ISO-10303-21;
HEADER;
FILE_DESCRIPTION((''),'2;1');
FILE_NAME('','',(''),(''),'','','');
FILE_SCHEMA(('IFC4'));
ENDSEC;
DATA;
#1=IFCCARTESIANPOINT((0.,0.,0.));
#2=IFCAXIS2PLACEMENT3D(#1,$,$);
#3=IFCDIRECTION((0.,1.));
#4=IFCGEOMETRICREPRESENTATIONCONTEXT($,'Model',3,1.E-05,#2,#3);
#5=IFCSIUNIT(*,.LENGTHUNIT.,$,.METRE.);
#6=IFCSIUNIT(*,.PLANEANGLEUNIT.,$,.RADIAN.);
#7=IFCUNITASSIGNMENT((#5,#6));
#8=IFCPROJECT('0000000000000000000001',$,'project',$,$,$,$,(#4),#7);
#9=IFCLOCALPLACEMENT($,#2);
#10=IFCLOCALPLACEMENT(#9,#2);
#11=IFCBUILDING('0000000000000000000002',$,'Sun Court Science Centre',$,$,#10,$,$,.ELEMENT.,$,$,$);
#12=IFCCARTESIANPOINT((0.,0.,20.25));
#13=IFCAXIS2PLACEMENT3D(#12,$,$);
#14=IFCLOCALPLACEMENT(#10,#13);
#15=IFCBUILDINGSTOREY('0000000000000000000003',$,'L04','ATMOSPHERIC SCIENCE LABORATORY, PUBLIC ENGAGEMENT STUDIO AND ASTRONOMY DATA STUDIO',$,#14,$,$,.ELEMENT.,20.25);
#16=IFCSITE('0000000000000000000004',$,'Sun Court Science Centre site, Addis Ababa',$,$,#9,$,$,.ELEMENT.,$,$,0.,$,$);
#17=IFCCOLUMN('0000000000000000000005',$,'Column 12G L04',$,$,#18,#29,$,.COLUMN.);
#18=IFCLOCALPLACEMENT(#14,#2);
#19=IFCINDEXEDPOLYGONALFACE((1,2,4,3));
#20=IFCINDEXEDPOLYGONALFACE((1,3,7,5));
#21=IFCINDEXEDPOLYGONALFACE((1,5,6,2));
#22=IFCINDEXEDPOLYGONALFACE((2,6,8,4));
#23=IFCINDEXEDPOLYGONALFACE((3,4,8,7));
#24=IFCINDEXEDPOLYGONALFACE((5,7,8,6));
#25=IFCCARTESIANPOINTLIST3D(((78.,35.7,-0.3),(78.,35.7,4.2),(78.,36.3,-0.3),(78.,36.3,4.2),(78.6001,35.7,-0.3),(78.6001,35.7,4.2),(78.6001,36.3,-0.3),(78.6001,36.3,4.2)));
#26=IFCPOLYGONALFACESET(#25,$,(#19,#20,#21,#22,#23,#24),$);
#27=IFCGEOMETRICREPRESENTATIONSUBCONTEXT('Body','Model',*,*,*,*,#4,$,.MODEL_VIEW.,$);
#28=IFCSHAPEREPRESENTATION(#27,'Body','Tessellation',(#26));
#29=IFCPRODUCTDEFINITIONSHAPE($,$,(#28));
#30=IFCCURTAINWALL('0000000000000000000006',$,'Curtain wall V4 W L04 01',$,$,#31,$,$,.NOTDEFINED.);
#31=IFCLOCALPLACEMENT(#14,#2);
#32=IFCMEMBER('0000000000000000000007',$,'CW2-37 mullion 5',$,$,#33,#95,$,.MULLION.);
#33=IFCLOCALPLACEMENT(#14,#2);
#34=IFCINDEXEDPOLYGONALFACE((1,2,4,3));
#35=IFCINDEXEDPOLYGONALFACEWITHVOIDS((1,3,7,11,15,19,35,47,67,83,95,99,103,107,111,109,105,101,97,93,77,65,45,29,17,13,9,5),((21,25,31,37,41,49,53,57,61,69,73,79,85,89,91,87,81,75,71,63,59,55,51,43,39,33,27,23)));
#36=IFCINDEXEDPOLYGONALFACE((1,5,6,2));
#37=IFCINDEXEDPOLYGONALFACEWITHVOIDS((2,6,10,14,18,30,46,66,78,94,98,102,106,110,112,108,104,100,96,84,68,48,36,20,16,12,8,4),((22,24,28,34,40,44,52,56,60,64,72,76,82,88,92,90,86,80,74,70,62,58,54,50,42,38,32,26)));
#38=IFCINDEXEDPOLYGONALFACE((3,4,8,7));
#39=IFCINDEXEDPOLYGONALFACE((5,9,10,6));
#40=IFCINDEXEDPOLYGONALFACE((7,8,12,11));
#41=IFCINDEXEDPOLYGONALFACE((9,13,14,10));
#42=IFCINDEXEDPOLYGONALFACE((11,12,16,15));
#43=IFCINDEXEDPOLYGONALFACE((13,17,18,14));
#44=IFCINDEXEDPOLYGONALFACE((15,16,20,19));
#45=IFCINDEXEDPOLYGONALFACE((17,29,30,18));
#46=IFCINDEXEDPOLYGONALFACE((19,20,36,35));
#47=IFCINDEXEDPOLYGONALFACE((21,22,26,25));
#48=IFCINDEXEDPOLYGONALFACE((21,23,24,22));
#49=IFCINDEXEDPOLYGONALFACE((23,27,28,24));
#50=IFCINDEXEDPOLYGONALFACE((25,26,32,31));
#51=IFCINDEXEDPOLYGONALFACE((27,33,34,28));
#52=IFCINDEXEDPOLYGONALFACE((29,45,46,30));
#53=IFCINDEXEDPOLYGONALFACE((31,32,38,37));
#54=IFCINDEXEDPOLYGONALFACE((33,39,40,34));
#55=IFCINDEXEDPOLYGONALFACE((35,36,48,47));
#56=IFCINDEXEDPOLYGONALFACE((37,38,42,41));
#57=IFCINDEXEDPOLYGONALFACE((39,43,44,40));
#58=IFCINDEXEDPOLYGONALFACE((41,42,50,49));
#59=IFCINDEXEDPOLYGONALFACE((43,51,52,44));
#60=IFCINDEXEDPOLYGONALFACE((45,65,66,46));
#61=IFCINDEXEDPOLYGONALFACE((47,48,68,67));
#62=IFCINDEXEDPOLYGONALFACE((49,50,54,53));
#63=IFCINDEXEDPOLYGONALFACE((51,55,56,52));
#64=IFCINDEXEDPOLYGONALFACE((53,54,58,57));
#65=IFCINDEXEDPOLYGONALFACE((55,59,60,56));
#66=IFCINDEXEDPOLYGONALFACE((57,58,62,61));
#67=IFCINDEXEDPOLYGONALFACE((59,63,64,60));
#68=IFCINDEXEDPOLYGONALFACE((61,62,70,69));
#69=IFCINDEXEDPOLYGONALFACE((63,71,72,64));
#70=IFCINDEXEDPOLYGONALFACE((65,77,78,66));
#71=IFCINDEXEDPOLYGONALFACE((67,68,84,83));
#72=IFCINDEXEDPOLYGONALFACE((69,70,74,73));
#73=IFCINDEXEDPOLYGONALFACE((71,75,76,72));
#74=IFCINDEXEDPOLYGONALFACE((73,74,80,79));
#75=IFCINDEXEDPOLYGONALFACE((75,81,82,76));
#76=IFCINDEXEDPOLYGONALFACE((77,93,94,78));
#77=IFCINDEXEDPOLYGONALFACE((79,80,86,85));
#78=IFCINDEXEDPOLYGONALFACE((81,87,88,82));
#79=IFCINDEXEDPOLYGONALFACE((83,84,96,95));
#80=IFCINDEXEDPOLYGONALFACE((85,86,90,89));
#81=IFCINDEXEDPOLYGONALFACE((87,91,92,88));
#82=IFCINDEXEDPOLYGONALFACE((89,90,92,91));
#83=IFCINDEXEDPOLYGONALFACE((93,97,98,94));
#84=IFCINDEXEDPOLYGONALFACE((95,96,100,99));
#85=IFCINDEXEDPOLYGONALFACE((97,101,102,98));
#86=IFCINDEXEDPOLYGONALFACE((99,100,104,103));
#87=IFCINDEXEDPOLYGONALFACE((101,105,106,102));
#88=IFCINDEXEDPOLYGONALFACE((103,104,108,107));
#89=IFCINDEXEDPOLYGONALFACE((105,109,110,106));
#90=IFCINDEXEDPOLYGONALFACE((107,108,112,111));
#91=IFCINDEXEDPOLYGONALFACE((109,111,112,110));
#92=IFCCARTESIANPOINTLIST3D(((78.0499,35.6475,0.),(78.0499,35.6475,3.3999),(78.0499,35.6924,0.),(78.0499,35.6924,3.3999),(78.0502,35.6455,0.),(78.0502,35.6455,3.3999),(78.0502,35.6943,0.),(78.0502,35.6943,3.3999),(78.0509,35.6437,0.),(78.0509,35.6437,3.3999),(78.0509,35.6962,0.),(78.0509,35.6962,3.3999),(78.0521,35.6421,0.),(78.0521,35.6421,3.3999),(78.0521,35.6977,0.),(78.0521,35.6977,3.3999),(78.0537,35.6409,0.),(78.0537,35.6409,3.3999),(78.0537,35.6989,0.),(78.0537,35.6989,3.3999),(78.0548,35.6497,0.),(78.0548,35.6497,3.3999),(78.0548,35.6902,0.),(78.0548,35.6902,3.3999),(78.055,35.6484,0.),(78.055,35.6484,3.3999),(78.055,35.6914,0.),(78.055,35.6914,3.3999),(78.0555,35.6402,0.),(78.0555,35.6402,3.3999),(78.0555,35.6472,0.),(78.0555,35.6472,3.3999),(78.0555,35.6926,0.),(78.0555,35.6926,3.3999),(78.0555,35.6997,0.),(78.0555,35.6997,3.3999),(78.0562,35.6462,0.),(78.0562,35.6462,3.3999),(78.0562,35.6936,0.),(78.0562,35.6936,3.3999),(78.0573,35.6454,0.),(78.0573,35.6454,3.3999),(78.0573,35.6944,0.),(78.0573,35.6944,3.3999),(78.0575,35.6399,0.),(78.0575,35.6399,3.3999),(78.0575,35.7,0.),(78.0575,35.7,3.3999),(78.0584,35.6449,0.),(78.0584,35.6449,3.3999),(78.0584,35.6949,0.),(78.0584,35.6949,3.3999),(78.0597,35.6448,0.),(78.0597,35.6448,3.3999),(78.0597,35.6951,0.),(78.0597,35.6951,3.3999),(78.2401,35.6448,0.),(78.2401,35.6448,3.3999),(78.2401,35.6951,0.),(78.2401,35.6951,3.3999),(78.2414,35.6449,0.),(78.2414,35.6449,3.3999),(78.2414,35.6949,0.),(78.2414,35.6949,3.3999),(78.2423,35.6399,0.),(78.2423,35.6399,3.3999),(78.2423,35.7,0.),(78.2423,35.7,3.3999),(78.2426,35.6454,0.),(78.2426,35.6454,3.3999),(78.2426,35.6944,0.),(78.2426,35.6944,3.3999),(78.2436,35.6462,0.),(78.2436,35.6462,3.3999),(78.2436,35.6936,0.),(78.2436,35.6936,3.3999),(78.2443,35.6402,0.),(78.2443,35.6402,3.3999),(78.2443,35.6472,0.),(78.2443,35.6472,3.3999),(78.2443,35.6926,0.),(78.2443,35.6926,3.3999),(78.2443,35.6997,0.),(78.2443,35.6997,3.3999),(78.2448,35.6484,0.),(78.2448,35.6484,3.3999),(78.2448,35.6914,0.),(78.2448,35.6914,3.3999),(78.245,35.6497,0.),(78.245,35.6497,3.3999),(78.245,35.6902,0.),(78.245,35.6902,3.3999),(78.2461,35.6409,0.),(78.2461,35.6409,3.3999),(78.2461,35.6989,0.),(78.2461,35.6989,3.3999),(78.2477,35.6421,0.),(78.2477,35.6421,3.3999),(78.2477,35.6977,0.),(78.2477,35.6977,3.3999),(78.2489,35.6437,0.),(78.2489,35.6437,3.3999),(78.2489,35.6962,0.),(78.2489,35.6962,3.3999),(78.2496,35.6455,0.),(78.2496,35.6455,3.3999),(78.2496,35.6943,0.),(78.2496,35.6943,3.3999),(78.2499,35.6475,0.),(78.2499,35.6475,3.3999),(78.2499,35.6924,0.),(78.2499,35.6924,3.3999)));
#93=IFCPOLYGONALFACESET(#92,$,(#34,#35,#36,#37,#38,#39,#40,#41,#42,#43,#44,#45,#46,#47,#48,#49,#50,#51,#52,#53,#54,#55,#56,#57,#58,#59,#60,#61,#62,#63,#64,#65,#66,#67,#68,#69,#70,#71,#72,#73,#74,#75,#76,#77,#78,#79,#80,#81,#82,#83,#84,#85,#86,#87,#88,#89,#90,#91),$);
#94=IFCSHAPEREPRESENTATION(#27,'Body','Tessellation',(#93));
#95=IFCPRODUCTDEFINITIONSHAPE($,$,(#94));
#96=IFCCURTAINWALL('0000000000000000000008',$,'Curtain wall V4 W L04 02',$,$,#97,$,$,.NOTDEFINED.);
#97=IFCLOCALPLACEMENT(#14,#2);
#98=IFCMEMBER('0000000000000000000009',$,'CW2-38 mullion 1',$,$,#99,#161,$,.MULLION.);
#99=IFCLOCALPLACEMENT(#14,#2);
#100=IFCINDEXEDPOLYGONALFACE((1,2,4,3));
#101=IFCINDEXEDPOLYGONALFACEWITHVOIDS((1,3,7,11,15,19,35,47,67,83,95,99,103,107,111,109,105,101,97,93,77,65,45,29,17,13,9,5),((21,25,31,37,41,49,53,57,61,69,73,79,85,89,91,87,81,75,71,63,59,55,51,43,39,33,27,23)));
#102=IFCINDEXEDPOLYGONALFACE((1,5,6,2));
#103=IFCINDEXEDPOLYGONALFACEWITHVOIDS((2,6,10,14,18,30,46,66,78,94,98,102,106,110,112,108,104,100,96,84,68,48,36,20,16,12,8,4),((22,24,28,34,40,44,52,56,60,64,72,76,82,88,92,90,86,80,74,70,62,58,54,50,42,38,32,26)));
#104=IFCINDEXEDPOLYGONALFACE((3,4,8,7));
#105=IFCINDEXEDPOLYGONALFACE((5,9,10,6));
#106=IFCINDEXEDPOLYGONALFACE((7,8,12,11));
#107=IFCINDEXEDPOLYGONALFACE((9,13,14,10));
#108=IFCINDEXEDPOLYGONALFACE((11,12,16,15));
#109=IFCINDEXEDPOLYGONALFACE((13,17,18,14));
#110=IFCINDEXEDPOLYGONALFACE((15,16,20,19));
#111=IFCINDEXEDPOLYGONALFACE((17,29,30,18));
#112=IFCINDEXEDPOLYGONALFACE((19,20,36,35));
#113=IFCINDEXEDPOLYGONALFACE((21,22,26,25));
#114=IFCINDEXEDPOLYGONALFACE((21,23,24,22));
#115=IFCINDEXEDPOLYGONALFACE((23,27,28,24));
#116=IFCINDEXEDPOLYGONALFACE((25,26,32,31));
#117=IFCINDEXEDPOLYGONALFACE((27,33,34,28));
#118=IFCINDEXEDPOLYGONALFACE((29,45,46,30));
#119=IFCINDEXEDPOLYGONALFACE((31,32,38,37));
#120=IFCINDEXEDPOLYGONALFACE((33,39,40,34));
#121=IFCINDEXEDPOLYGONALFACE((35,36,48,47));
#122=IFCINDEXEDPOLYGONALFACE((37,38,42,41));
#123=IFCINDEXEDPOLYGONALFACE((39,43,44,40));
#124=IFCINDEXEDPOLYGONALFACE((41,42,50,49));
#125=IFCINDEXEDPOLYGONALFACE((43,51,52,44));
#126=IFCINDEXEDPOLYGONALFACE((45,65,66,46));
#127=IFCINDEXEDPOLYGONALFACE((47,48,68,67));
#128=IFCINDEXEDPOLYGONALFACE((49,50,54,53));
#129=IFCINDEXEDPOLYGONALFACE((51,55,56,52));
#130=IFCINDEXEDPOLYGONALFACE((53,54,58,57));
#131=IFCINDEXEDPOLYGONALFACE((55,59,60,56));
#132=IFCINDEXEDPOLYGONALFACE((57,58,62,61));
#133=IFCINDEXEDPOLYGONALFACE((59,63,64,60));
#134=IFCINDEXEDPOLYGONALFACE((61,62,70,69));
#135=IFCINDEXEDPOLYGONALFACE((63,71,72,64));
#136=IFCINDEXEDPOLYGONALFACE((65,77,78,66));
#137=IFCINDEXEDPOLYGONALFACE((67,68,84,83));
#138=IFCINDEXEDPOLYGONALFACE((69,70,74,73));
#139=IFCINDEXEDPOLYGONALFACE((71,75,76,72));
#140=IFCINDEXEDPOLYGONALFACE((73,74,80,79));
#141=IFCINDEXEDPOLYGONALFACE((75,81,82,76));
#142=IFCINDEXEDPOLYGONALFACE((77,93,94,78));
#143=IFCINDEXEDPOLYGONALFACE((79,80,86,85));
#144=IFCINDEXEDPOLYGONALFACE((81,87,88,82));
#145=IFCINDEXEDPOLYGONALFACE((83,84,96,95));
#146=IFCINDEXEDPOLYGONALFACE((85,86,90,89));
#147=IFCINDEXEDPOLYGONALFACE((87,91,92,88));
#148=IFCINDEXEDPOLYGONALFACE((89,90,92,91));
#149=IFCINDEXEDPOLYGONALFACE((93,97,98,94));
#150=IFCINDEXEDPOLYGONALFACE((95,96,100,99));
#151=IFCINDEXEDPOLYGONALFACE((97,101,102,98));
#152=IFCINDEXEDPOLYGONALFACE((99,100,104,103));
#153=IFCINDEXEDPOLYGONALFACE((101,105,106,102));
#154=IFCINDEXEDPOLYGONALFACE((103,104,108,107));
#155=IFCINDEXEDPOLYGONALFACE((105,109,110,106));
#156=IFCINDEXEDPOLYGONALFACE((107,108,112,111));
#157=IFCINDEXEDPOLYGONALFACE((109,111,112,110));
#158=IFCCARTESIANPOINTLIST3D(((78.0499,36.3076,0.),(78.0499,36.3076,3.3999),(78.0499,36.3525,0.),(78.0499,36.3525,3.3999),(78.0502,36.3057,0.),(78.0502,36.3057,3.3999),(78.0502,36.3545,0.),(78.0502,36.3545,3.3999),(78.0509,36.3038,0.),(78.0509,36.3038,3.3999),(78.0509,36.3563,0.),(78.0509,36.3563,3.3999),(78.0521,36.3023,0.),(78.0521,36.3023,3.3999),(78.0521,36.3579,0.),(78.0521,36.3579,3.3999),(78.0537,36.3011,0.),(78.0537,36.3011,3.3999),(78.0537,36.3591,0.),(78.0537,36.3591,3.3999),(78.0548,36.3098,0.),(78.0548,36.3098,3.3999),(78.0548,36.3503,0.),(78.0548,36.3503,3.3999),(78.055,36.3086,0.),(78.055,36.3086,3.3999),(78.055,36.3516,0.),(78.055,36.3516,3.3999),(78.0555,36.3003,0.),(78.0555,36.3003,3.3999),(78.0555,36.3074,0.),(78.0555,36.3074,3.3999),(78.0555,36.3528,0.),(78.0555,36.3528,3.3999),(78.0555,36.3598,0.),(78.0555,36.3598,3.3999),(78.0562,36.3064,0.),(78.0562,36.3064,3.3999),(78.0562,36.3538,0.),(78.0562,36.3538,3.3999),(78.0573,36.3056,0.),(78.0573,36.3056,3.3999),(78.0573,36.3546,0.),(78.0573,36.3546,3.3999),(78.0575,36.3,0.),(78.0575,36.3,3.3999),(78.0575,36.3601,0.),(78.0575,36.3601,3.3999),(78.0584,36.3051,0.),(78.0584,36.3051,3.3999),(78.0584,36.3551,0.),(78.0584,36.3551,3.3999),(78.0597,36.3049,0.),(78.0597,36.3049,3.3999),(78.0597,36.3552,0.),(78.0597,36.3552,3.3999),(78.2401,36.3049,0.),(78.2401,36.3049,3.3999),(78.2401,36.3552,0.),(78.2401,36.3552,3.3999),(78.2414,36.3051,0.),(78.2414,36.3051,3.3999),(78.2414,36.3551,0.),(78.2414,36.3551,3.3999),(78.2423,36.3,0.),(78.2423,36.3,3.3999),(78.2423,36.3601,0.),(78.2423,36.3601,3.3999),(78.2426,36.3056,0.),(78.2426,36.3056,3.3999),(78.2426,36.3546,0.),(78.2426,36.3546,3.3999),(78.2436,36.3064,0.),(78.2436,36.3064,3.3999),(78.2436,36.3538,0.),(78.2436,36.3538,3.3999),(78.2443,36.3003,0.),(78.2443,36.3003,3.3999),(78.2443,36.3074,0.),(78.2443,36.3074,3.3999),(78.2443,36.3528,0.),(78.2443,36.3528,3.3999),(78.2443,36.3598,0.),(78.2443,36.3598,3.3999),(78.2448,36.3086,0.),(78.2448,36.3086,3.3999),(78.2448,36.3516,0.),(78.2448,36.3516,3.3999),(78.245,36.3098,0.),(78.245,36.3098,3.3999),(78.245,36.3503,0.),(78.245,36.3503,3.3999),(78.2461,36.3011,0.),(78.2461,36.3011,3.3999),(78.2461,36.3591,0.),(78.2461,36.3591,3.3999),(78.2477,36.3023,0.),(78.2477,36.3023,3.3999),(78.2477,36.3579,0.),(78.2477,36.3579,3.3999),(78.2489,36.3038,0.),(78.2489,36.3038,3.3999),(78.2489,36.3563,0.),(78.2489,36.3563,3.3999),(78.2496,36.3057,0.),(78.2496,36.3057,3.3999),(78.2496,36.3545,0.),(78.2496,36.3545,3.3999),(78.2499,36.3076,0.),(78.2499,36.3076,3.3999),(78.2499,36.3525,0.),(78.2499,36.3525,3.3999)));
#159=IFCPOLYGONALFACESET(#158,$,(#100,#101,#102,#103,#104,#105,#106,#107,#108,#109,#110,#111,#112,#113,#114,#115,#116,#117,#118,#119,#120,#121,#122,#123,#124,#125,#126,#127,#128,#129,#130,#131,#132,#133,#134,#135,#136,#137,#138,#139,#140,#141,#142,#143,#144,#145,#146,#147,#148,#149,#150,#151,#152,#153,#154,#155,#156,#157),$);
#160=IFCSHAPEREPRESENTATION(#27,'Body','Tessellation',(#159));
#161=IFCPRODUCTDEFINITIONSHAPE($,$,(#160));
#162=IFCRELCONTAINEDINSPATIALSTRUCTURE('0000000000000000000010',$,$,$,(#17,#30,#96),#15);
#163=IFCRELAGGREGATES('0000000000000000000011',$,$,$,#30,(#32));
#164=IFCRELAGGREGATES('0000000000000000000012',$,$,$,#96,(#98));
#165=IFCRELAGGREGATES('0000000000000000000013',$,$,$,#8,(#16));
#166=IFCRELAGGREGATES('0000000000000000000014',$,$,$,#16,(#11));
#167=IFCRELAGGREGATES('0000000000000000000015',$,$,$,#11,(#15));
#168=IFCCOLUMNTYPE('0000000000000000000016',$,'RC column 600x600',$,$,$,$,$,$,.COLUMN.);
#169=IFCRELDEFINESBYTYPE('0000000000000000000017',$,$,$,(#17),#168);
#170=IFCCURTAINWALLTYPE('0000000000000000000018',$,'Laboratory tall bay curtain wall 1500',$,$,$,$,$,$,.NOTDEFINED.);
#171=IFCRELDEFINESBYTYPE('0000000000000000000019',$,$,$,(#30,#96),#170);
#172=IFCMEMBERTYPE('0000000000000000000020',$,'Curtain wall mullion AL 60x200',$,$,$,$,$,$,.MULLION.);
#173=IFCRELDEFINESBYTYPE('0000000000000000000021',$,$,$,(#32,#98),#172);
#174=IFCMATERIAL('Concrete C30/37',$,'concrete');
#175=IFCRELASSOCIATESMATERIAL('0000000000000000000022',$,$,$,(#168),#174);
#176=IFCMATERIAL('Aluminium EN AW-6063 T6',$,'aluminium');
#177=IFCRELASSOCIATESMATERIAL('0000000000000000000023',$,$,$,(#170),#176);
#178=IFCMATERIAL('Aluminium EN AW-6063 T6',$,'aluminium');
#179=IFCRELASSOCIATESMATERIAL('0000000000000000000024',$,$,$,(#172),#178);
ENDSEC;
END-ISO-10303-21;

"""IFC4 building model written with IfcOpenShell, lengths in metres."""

from ifc_helpers import new_model, si_unit, direction, frame, origin, origin_2d, place, context, subcontext, project, spatial, rectangle, hollow_rectangle, extrude, material, material_profile, profile_set, type_object, element, aggregate, save


model = new_model("IFC4")

# Units and contexts
model_context = context("Model", 3, precision=1e-05, world=origin(), true_north=direction((0.0, 1.0)))
body_context = subcontext(model_context, "Body", "Model", "MODEL_VIEW")
ifc_project = project(units=[si_unit("LENGTHUNIT", "METRE"), si_unit("PLANEANGLEUNIT", "RADIAN")], contexts=[model_context])

# Site, building, storey
site_placement = place(None, origin())
site = spatial("IfcSite", under=ifc_project, at=site_placement, Name="Sun Court Science Centre site, Addis Ababa", CompositionType="ELEMENT", RefElevation=0.0)
building_placement = place(site_placement, origin())
building = spatial("IfcBuilding", under=site, at=building_placement, Name="Sun Court Science Centre", CompositionType="ELEMENT")
storey_placement = place(building_placement, frame((0.0, 0.0, 20.25)))
storey = spatial("IfcBuildingStorey", under=building, at=storey_placement, Name="L04", Description="ATMOSPHERIC SCIENCE LABORATORY, PUBLIC ENGAGEMENT STUDIO AND ASTRONOMY DATA STUDIO", CompositionType="ELEMENT", Elevation=20.25)

# Column
ifc_material_1 = material(Name="Concrete C30/37", Category="concrete")
ifc_material_profile_1 = material_profile(ifc_material_1, rectangle(XDim=0.6001, YDim=0.6001, at=origin_2d()), Name="RC 600x600")
ifc_profile_set_1 = profile_set([ifc_material_profile_1], Name="Concrete C30/37")
column_type = type_object("IfcColumnType", Name="RC column 600x600", PredefinedType="COLUMN", material=ifc_profile_set_1)
column_placement = place(storey_placement, frame((78.3, 36.0, -0.3), z_axis=(0.0, 0.0, 1.0), x_axis=(1.0, 0.0, 0.0)))
element("IfcColumn", 1, at=column_placement, inside=storey, type_object=column_type, Name="Column 12G L04", PredefinedType="COLUMN", context=body_context, shape_type="SweptSolid", body=[
    extrude(rectangle(XDim=0.6001, YDim=0.6001, at=origin_2d()), origin(), (0.0, 0.0, 1.0), 4.5),
])

# Curtain wall, member
ifc_material_2 = material(Name="Aluminium EN AW-6063 T6", Category="aluminium")
curtain_wall_type = type_object("IfcCurtainWallType", Name="Laboratory tall bay curtain wall 1500", PredefinedType="NOTDEFINED", material=ifc_material_2)
curtain_wall_1_placement = place(storey_placement, origin())
curtain_wall_1 = element("IfcCurtainWall", 2, at=curtain_wall_1_placement, inside=storey, type_object=curtain_wall_type, Name="Curtain wall V4 W L04 01", PredefinedType="NOTDEFINED")
ifc_material_3 = material(Name="Aluminium EN AW-6063 T6", Category="aluminium")
ifc_material_profile_2 = material_profile(ifc_material_3, hollow_rectangle(XDim=0.0601, YDim=0.2, WallThickness=0.0049, InnerFilletRadius=0.0049, OuterFilletRadius=0.0076, at=origin_2d()), Name="AL 60x200x5")
ifc_profile_set_2 = profile_set([ifc_material_profile_2], Name="Aluminium EN AW-6063 T6")
member_type_1 = type_object("IfcMemberType", Name="Curtain wall mullion AL 60x200", PredefinedType="MULLION", material=ifc_profile_set_2)
member_1_placement = place(storey_placement, frame((78.1499, 35.6699, 0.0), z_axis=(0.0, 0.0, 1.0), x_axis=(0.0, 1.0, 0.0)))
member_1 = element("IfcMember", 3, at=member_1_placement, type_object=member_type_1, Name="CW2-37 mullion 5", PredefinedType="MULLION", context=body_context, shape_type="SweptSolid", body=[
    extrude(hollow_rectangle(XDim=0.0601, YDim=0.2, WallThickness=0.0049, InnerFilletRadius=0.0049, OuterFilletRadius=0.0076, at=origin_2d()), origin(), (0.0, 0.0, 1.0), 3.3999),
])

# Curtain wall, member
curtain_wall_2_placement = place(storey_placement, origin())
curtain_wall_2 = element("IfcCurtainWall", 4, at=curtain_wall_2_placement, inside=storey, type_object=curtain_wall_type, Name="Curtain wall V4 W L04 02", PredefinedType="NOTDEFINED")
member_2_placement = place(storey_placement, frame((78.1499, 36.3301, 0.0), z_axis=(0.0, 0.0, 1.0), x_axis=(0.0, 1.0, 0.0)))
member_2 = element("IfcMember", 5, at=member_2_placement, type_object=member_type_1, Name="CW2-38 mullion 1", PredefinedType="MULLION", context=body_context, shape_type="SweptSolid", body=[
    extrude(hollow_rectangle(XDim=0.0601, YDim=0.2, WallThickness=0.0049, InnerFilletRadius=0.0049, OuterFilletRadius=0.0076, at=origin_2d()), origin(), (0.0, 0.0, 1.0), 3.3999),
])

aggregate(curtain_wall_1, [member_1])
aggregate(curtain_wall_2, [member_2])

save(model, "model.ifc")
